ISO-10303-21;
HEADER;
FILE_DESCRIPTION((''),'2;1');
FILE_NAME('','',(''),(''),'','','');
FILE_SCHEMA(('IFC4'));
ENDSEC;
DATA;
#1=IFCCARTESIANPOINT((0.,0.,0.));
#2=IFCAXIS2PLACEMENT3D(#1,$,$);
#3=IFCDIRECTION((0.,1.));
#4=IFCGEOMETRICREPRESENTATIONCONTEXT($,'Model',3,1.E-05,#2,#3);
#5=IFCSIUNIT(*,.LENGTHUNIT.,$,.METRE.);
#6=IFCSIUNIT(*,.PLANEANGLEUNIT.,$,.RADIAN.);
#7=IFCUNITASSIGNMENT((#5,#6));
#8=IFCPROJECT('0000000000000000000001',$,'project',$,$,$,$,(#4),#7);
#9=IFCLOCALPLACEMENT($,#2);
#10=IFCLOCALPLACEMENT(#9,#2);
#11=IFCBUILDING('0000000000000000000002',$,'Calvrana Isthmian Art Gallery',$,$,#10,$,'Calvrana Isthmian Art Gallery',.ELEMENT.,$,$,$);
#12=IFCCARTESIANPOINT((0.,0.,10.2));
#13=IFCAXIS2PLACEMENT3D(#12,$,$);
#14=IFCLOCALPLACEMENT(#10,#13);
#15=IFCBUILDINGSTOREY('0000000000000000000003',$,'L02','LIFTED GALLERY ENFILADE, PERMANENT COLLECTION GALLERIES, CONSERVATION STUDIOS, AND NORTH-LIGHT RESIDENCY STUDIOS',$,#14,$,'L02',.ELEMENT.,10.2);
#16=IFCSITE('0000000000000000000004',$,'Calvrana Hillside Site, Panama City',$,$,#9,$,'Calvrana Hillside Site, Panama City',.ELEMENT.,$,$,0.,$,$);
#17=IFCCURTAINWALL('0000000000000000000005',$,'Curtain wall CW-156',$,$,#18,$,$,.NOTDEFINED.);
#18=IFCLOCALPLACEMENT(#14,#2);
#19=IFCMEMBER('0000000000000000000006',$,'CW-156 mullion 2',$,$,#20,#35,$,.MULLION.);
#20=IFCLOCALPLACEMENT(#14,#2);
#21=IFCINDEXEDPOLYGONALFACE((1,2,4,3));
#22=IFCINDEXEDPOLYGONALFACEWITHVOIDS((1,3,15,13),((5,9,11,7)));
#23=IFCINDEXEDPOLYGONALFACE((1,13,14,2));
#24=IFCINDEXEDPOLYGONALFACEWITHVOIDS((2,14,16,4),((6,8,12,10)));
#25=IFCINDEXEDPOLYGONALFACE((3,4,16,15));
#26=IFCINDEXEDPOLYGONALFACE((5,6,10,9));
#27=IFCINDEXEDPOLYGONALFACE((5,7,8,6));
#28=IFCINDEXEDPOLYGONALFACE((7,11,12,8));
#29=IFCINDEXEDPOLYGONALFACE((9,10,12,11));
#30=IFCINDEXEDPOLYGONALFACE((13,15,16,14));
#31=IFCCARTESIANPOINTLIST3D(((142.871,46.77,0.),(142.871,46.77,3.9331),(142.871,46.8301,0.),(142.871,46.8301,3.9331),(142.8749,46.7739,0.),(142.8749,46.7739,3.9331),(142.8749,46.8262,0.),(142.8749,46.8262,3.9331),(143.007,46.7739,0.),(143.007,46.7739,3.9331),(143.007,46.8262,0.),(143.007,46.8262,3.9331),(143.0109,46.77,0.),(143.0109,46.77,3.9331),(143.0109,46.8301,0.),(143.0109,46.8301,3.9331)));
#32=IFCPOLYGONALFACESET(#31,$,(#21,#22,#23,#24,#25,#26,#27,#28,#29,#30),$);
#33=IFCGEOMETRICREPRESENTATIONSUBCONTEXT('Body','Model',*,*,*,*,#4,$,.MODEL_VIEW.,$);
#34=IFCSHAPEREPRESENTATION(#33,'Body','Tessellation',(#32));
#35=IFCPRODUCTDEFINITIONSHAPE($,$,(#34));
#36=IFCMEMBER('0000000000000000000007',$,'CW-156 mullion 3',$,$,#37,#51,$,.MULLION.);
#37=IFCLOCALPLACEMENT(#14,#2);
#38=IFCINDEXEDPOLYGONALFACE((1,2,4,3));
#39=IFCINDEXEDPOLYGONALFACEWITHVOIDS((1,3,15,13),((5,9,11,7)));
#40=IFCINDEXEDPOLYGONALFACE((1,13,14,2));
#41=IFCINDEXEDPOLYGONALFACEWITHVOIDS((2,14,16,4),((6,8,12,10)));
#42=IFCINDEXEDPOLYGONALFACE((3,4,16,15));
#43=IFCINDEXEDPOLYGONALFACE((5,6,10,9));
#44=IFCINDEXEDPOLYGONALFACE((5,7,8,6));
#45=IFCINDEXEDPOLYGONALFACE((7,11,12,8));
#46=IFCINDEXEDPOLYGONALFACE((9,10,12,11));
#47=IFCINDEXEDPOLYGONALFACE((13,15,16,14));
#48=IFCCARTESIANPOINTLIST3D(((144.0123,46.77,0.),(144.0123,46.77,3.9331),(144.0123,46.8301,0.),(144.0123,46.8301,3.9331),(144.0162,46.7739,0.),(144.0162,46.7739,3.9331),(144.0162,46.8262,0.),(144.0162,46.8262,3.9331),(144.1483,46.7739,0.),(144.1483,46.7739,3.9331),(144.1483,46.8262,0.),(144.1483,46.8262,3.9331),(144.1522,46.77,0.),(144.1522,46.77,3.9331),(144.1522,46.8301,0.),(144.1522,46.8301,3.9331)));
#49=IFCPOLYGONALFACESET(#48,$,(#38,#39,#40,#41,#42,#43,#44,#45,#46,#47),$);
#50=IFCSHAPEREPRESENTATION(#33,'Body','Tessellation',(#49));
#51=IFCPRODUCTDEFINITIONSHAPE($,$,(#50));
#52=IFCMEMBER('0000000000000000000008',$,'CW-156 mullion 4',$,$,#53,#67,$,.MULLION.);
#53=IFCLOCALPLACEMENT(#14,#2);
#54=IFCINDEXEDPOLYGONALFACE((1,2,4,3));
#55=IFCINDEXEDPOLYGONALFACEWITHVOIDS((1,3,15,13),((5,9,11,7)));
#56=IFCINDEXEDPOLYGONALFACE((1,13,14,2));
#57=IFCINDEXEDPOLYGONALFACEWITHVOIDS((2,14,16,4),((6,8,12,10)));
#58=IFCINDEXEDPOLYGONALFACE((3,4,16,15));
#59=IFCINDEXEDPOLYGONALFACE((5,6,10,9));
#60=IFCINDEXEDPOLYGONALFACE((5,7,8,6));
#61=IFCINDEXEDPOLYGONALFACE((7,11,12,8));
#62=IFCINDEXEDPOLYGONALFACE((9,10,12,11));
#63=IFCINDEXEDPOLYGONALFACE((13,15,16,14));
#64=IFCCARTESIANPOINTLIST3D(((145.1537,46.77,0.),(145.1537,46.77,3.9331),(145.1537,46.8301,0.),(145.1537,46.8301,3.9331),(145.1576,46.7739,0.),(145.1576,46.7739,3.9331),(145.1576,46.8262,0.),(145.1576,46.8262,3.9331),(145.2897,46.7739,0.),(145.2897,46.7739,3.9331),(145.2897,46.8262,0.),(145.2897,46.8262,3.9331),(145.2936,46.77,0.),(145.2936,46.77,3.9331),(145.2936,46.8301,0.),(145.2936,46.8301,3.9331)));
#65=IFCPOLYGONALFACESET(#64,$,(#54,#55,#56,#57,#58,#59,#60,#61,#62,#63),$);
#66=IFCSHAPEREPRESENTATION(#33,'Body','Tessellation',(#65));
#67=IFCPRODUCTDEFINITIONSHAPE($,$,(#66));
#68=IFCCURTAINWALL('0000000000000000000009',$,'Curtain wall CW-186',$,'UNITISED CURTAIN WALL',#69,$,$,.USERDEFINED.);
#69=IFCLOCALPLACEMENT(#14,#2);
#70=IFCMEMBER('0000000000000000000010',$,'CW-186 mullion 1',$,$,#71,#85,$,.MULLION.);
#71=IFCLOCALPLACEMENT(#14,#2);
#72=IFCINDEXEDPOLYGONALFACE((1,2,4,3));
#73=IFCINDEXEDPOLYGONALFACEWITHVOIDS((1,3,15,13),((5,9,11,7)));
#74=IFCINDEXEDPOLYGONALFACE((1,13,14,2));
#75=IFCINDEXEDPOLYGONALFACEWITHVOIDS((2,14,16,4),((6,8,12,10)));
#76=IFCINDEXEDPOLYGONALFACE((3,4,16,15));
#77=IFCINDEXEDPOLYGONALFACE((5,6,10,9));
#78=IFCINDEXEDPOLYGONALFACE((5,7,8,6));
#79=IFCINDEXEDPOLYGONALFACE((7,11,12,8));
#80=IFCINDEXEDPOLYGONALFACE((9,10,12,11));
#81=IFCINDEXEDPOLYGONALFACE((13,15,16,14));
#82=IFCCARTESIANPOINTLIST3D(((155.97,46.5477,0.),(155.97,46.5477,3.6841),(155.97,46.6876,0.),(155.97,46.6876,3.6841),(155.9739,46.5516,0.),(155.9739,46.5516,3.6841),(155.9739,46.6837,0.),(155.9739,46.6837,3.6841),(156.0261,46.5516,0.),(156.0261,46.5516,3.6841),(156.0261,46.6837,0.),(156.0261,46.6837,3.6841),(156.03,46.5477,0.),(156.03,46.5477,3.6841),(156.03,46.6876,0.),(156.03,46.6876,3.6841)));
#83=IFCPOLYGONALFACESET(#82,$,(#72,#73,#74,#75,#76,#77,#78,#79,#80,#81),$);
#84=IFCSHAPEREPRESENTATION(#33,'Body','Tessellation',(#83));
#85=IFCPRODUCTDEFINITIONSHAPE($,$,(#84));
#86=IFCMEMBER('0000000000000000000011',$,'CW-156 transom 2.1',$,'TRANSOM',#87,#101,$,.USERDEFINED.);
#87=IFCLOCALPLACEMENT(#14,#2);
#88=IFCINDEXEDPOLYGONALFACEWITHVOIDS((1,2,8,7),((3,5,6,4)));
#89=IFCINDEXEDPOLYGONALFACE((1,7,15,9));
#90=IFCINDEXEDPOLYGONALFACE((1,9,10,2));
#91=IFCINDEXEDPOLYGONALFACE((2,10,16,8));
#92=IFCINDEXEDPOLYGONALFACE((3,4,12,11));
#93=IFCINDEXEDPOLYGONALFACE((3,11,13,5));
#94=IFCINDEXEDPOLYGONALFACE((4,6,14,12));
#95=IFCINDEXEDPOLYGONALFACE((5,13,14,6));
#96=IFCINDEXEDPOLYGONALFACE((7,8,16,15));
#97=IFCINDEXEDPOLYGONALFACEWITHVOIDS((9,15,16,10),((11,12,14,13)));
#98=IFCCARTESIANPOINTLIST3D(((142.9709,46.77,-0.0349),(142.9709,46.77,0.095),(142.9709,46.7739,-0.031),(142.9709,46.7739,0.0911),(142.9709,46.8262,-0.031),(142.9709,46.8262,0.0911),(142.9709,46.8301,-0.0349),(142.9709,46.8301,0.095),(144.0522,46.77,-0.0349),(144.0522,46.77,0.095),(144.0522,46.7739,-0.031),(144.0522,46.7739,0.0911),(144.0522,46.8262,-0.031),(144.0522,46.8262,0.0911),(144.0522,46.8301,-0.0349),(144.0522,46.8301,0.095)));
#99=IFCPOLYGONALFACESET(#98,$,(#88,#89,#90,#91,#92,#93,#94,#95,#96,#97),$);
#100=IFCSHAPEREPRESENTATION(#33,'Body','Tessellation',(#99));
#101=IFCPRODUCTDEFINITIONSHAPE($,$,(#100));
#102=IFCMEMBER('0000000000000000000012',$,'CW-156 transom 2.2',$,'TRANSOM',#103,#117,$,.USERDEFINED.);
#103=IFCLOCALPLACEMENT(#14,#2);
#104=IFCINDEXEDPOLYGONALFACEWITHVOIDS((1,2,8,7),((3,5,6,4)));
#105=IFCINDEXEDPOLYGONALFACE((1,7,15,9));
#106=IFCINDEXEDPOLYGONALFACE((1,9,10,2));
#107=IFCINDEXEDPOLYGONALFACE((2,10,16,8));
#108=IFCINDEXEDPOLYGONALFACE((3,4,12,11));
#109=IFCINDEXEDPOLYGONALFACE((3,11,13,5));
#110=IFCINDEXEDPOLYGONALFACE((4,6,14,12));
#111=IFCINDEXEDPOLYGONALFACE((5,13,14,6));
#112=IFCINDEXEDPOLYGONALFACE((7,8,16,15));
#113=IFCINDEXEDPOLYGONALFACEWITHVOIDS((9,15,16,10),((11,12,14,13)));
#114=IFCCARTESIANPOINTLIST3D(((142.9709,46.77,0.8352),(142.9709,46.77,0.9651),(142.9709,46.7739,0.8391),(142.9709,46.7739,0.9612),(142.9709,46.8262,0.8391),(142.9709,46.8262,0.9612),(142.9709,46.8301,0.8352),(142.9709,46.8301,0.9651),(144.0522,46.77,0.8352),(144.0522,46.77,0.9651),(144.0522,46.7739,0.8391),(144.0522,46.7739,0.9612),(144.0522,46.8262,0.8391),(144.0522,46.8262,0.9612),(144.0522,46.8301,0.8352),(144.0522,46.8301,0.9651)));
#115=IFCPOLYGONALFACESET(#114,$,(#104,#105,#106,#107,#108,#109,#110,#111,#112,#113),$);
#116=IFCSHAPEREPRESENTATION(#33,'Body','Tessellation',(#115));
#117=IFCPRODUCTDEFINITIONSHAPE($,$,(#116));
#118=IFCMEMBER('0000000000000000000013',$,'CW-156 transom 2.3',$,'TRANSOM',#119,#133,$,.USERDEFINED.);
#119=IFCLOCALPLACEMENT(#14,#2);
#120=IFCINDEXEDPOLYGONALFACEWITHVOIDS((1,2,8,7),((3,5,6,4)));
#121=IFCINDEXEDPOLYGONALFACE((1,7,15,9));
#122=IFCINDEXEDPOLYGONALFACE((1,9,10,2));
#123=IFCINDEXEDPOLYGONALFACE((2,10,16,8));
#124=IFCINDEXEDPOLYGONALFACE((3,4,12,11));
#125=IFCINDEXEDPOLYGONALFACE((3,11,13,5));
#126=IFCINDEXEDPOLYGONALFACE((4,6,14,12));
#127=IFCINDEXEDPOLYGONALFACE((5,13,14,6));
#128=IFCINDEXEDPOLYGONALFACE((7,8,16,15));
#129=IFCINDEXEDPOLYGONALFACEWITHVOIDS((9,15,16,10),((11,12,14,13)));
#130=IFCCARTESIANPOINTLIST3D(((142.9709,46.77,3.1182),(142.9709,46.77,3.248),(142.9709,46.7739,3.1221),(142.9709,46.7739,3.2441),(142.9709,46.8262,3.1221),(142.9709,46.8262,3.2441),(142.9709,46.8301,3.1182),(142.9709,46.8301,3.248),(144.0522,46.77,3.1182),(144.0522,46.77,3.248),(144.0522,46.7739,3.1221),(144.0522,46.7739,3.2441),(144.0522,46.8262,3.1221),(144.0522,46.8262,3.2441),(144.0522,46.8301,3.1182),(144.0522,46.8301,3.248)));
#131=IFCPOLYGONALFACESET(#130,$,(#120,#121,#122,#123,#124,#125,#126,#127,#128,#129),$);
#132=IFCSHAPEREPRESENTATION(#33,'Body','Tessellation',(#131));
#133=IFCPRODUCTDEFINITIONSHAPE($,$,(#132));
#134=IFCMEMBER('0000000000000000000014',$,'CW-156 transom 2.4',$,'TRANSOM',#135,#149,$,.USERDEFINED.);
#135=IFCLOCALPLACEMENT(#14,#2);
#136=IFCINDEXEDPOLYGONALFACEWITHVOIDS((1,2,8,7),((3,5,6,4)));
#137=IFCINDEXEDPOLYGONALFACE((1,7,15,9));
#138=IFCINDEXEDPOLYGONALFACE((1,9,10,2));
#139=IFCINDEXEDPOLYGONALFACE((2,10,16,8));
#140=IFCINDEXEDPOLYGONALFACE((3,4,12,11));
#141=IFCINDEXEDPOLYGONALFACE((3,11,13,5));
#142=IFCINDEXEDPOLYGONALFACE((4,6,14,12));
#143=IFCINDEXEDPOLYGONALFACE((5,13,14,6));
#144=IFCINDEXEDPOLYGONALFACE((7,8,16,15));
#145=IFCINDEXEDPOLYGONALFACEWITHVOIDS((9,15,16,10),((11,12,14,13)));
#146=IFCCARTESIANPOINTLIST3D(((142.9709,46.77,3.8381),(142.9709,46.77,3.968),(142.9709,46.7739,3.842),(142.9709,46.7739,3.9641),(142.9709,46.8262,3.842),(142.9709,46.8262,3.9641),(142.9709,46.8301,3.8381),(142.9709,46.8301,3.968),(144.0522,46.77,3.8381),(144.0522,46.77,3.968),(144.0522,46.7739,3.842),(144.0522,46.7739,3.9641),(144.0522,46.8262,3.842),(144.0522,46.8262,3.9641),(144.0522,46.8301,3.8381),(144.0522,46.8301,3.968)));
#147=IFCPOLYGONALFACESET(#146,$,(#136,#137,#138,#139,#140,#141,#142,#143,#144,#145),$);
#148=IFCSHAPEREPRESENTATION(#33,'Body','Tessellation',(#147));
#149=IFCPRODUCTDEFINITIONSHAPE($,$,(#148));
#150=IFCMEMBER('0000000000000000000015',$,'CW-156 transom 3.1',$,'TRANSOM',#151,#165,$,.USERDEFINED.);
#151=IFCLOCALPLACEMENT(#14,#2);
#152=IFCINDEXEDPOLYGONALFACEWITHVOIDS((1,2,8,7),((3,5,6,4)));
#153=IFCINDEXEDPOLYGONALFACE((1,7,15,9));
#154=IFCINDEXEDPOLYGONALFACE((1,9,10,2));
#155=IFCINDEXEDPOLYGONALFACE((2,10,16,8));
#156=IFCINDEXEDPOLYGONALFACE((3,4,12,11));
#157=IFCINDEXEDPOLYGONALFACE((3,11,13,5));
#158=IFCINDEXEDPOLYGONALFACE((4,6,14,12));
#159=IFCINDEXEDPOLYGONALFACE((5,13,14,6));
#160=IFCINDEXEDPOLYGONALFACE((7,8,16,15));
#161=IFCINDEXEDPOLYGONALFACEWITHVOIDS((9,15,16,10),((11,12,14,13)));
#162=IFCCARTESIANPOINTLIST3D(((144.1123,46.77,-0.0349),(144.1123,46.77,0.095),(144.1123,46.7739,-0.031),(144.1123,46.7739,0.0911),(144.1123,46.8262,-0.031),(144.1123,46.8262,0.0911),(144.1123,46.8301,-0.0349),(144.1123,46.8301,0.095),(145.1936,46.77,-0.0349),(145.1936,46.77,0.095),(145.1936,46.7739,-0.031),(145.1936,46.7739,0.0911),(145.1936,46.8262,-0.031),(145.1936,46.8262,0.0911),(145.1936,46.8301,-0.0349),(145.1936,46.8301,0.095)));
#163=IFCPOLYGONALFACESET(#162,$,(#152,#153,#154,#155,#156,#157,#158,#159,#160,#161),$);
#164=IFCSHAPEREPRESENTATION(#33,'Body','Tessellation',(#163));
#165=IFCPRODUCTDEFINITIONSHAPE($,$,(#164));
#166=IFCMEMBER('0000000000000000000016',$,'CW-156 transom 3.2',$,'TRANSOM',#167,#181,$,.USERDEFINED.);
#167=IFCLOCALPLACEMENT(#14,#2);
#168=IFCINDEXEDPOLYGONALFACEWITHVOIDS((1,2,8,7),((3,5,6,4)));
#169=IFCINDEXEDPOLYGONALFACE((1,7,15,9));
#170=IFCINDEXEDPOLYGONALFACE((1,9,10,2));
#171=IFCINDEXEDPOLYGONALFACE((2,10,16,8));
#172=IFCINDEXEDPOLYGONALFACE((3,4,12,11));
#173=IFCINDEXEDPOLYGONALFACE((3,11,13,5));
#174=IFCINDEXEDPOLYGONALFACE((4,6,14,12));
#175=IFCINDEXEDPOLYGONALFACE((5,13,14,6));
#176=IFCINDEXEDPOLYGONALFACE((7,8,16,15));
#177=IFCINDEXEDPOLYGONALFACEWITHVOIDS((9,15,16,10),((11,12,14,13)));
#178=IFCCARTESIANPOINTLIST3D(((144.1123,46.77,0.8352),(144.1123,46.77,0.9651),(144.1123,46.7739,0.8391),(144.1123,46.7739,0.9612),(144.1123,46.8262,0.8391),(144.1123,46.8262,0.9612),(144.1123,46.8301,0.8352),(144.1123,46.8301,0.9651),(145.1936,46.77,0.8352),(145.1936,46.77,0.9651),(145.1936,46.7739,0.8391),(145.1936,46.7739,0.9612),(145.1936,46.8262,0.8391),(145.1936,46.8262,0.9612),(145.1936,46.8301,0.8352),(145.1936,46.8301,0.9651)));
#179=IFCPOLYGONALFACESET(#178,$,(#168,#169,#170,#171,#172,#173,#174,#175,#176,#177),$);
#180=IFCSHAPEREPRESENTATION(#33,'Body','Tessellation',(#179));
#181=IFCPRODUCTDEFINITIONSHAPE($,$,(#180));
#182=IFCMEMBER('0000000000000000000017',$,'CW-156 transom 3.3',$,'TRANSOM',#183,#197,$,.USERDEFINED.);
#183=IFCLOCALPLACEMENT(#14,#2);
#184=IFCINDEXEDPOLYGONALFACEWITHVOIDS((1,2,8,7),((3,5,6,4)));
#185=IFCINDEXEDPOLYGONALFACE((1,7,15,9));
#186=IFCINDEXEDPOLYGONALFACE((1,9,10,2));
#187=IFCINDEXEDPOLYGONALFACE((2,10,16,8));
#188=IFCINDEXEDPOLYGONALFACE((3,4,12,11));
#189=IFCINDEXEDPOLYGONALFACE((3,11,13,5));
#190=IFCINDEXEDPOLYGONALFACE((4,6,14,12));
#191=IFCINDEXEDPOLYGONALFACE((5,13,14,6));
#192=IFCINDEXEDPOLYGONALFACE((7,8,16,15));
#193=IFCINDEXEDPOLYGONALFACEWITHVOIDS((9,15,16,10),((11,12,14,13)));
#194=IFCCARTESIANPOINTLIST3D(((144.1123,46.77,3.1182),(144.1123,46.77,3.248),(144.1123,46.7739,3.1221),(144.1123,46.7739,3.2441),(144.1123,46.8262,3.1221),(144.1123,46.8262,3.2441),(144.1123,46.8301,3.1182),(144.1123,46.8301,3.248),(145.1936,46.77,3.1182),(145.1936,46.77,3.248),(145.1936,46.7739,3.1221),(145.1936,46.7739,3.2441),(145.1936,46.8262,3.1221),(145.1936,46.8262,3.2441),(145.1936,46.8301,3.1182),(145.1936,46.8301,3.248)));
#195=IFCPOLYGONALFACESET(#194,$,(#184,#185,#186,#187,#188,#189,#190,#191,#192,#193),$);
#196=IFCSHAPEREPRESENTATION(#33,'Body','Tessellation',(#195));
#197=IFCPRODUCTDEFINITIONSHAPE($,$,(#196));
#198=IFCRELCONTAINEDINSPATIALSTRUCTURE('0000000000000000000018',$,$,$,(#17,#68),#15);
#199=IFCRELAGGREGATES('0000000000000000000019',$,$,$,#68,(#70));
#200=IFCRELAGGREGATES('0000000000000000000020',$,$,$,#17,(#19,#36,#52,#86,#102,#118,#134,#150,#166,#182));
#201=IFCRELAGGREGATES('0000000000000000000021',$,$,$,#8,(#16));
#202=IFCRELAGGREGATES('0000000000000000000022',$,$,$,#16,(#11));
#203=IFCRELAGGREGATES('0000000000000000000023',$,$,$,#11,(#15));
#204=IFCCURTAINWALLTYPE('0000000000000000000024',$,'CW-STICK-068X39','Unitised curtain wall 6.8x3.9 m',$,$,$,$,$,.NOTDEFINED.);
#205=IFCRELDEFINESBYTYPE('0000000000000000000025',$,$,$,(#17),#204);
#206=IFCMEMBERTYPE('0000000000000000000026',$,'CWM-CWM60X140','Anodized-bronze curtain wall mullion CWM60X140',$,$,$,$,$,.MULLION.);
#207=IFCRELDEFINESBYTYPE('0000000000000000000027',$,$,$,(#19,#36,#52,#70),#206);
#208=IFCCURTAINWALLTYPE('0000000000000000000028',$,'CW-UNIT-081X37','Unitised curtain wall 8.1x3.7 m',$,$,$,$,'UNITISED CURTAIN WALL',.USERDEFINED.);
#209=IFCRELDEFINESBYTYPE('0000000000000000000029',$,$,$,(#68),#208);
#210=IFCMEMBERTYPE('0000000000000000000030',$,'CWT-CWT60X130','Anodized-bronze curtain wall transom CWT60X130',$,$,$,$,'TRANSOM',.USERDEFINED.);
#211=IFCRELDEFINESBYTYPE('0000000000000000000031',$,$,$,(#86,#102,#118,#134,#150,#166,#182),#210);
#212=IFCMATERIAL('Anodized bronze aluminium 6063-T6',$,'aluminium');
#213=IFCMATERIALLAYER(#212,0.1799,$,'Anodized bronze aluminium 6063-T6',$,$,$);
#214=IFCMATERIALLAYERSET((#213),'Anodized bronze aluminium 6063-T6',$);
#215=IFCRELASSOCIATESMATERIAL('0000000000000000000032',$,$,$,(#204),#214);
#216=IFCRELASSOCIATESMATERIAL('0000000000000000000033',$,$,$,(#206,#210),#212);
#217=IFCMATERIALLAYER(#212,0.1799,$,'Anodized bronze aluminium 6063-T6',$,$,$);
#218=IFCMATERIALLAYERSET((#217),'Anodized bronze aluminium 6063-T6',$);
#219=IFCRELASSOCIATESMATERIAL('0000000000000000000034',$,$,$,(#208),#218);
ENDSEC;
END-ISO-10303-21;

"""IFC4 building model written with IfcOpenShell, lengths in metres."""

from ifc_helpers import new_model, si_unit, direction, frame, origin, origin_2d, place, context, subcontext, project, spatial, hollow_rectangle, extrude, material, layer, layer_set, material_profile, profile_set, type_object, element, aggregate, save


model = new_model("IFC4")

# Units and contexts
model_context = context("Model", 3, precision=1e-05, world=origin(), true_north=direction((0.0, 1.0)))
body_context = subcontext(model_context, "Body", "Model", "MODEL_VIEW")
ifc_project = project(units=[si_unit("LENGTHUNIT", "METRE"), si_unit("PLANEANGLEUNIT", "RADIAN")], contexts=[model_context])

# Site, building, storey
site_placement = place(None, origin())
site = spatial("IfcSite", under=ifc_project, at=site_placement, Name="Calvrana Hillside Site, Panama City", LongName="Calvrana Hillside Site, Panama City", CompositionType="ELEMENT", RefElevation=0.0)
building_placement = place(site_placement, origin())
building = spatial("IfcBuilding", under=site, at=building_placement, Name="Calvrana Isthmian Art Gallery", LongName="Calvrana Isthmian Art Gallery", CompositionType="ELEMENT")
storey_placement = place(building_placement, frame((0.0, 0.0, 10.2)))
storey = spatial("IfcBuildingStorey", under=building, at=storey_placement, Name="L02", Description="LIFTED GALLERY ENFILADE, PERMANENT COLLECTION GALLERIES, CONSERVATION STUDIOS, AND NORTH-LIGHT RESIDENCY STUDIOS", LongName="L02", CompositionType="ELEMENT", Elevation=10.2)

# Curtain wall, members
ifc_material_1 = material(Name="Anodized bronze aluminium 6063-T6", Category="aluminium")
ifc_layer_1 = layer(ifc_material_1, 0.1799, Name="Anodized bronze aluminium 6063-T6")
ifc_layer_set_1 = layer_set([ifc_layer_1], Name="Anodized bronze aluminium 6063-T6")
curtain_wall_type_1 = type_object("IfcCurtainWallType", Name="CW-STICK-068X39", Description="Unitised curtain wall 6.8x3.9 m", PredefinedType="NOTDEFINED", material=ifc_layer_set_1)
curtain_wall_1_placement = place(storey_placement, origin())
curtain_wall_1 = element("IfcCurtainWall", 1, at=curtain_wall_1_placement, inside=storey, type_object=curtain_wall_type_1, Name="Curtain wall CW-156", PredefinedType="NOTDEFINED")
ifc_material_profile_1 = material_profile(ifc_material_1, hollow_rectangle(XDim=0.0601, YDim=0.1399, WallThickness=0.0039, at=origin_2d()), Name="CWM60X140")
ifc_profile_set_1 = profile_set([ifc_material_profile_1], Name="Anodized bronze aluminium 6063-T6")
member_type_1 = type_object("IfcMemberType", Name="CWM-CWM60X140", Description="Anodized-bronze curtain wall mullion CWM60X140", PredefinedType="MULLION", material=ifc_profile_set_1)
member_1_placement = place(storey_placement, frame((142.9409, 46.8, 0.0), z_axis=(0.0, 0.0, 1.0), x_axis=(0.0, 1.0, 0.0)))
member_1 = element("IfcMember", 2, at=member_1_placement, type_object=member_type_1, Name="CW-156 mullion 2", PredefinedType="MULLION", context=body_context, shape_type="SweptSolid", body=[
    extrude(hollow_rectangle(XDim=0.0601, YDim=0.1399, WallThickness=0.0039, at=origin_2d()), origin(), (0.0, 0.0, 1.0), 3.9331),
])
member_2_placement = place(storey_placement, frame((144.0823, 46.8, 0.0), z_axis=(0.0, 0.0, 1.0), x_axis=(0.0, 1.0, 0.0)))
member_2 = element("IfcMember", 3, at=member_2_placement, type_object=member_type_1, Name="CW-156 mullion 3", PredefinedType="MULLION", context=body_context, shape_type="SweptSolid", body=[
    extrude(hollow_rectangle(XDim=0.0601, YDim=0.1399, WallThickness=0.0039, at=origin_2d()), origin(), (0.0, 0.0, 1.0), 3.9331),
])
member_3_placement = place(storey_placement, frame((145.2236, 46.8, 0.0), z_axis=(0.0, 0.0, 1.0), x_axis=(0.0, 1.0, 0.0)))
member_3 = element("IfcMember", 4, at=member_3_placement, type_object=member_type_1, Name="CW-156 mullion 4", PredefinedType="MULLION", context=body_context, shape_type="SweptSolid", body=[
    extrude(hollow_rectangle(XDim=0.0601, YDim=0.1399, WallThickness=0.0039, at=origin_2d()), origin(), (0.0, 0.0, 1.0), 3.9331),
])

# Curtain wall, member
ifc_layer_2 = layer(ifc_material_1, 0.1799, Name="Anodized bronze aluminium 6063-T6")
ifc_layer_set_2 = layer_set([ifc_layer_2], Name="Anodized bronze aluminium 6063-T6")
curtain_wall_type_2 = type_object("IfcCurtainWallType", Name="CW-UNIT-081X37", Description="Unitised curtain wall 8.1x3.7 m", ElementType="UNITISED CURTAIN WALL", PredefinedType="USERDEFINED", material=ifc_layer_set_2)
curtain_wall_2_placement = place(storey_placement, origin())
curtain_wall_2 = element("IfcCurtainWall", 5, at=curtain_wall_2_placement, inside=storey, type_object=curtain_wall_type_2, Name="Curtain wall CW-186", ObjectType="UNITISED CURTAIN WALL", PredefinedType="USERDEFINED")
member_4_placement = place(storey_placement, frame((156.0, 46.6177, 0.0), z_axis=(0.0, 0.0, 1.0), x_axis=(1.0, 0.0, 0.0)))
member_4 = element("IfcMember", 6, at=member_4_placement, type_object=member_type_1, Name="CW-186 mullion 1", PredefinedType="MULLION", context=body_context, shape_type="SweptSolid", body=[
    extrude(hollow_rectangle(XDim=0.0601, YDim=0.1399, WallThickness=0.0039, at=origin_2d()), origin(), (0.0, 0.0, 1.0), 3.6841),
])

# Members
ifc_material_profile_2 = material_profile(ifc_material_1, hollow_rectangle(XDim=0.0601, YDim=0.1299, WallThickness=0.0039, at=origin_2d()), Name="CWT60X130")
ifc_profile_set_2 = profile_set([ifc_material_profile_2], Name="Anodized bronze aluminium 6063-T6")
member_type_2 = type_object("IfcMemberType", Name="CWT-CWT60X130", Description="Anodized-bronze curtain wall transom CWT60X130", ElementType="TRANSOM", PredefinedType="USERDEFINED", material=ifc_profile_set_2)
member_5_placement = place(storey_placement, frame((142.9709, 46.8, 0.03), z_axis=(1.0, 0.0, 0.0), x_axis=(0.0, 1.0, 0.0)))
member_5 = element("IfcMember", 7, at=member_5_placement, type_object=member_type_2, Name="CW-156 transom 2.1", ObjectType="TRANSOM", PredefinedType="USERDEFINED", context=body_context, shape_type="SweptSolid", body=[
    extrude(hollow_rectangle(XDim=0.0601, YDim=0.1299, WallThickness=0.0039, at=origin_2d()), origin(), (0.0, 0.0, 1.0), 1.0813),
])
member_6_placement = place(storey_placement, frame((142.9709, 46.8, 0.9001), z_axis=(1.0, 0.0, 0.0), x_axis=(0.0, 1.0, 0.0)))
member_6 = element("IfcMember", 8, at=member_6_placement, type_object=member_type_2, Name="CW-156 transom 2.2", ObjectType="TRANSOM", PredefinedType="USERDEFINED", context=body_context, shape_type="SweptSolid", body=[
    extrude(hollow_rectangle(XDim=0.0601, YDim=0.1299, WallThickness=0.0039, at=origin_2d()), origin(), (0.0, 0.0, 1.0), 1.0813),
])
member_7_placement = place(storey_placement, frame((142.9709, 46.8, 3.1831), z_axis=(1.0, 0.0, 0.0), x_axis=(0.0, 1.0, 0.0)))
member_7 = element("IfcMember", 9, at=member_7_placement, type_object=member_type_2, Name="CW-156 transom 2.3", ObjectType="TRANSOM", PredefinedType="USERDEFINED", context=body_context, shape_type="SweptSolid", body=[
    extrude(hollow_rectangle(XDim=0.0601, YDim=0.1299, WallThickness=0.0039, at=origin_2d()), origin(), (0.0, 0.0, 1.0), 1.0813),
])
member_8_placement = place(storey_placement, frame((142.9709, 46.8, 3.9031), z_axis=(1.0, 0.0, 0.0), x_axis=(0.0, 1.0, 0.0)))
member_8 = element("IfcMember", 10, at=member_8_placement, type_object=member_type_2, Name="CW-156 transom 2.4", ObjectType="TRANSOM", PredefinedType="USERDEFINED", context=body_context, shape_type="SweptSolid", body=[
    extrude(hollow_rectangle(XDim=0.0601, YDim=0.1299, WallThickness=0.0039, at=origin_2d()), origin(), (0.0, 0.0, 1.0), 1.0813),
])
member_9_placement = place(storey_placement, frame((144.1123, 46.8, 0.03), z_axis=(1.0, 0.0, 0.0), x_axis=(0.0, 1.0, 0.0)))
member_9 = element("IfcMember", 11, at=member_9_placement, type_object=member_type_2, Name="CW-156 transom 3.1", ObjectType="TRANSOM", PredefinedType="USERDEFINED", context=body_context, shape_type="SweptSolid", body=[
    extrude(hollow_rectangle(XDim=0.0601, YDim=0.1299, WallThickness=0.0039, at=origin_2d()), origin(), (0.0, 0.0, 1.0), 1.0813),
])
member_10_placement = place(storey_placement, frame((144.1123, 46.8, 0.9001), z_axis=(1.0, 0.0, 0.0), x_axis=(0.0, 1.0, 0.0)))
member_10 = element("IfcMember", 12, at=member_10_placement, type_object=member_type_2, Name="CW-156 transom 3.2", ObjectType="TRANSOM", PredefinedType="USERDEFINED", context=body_context, shape_type="SweptSolid", body=[
    extrude(hollow_rectangle(XDim=0.0601, YDim=0.1299, WallThickness=0.0039, at=origin_2d()), origin(), (0.0, 0.0, 1.0), 1.0813),
])
member_11_placement = place(storey_placement, frame((144.1123, 46.8, 3.1831), z_axis=(1.0, 0.0, 0.0), x_axis=(0.0, 1.0, 0.0)))
member_11 = element("IfcMember", 13, at=member_11_placement, type_object=member_type_2, Name="CW-156 transom 3.3", ObjectType="TRANSOM", PredefinedType="USERDEFINED", context=body_context, shape_type="SweptSolid", body=[
    extrude(hollow_rectangle(XDim=0.0601, YDim=0.1299, WallThickness=0.0039, at=origin_2d()), origin(), (0.0, 0.0, 1.0), 1.0813),
])
aggregate(curtain_wall_2, [member_4])

aggregate(curtain_wall_1, [member_1, member_2, member_3, member_5, member_6, member_7, member_8, member_9, member_10, member_11])

save(model, "model.ifc")
